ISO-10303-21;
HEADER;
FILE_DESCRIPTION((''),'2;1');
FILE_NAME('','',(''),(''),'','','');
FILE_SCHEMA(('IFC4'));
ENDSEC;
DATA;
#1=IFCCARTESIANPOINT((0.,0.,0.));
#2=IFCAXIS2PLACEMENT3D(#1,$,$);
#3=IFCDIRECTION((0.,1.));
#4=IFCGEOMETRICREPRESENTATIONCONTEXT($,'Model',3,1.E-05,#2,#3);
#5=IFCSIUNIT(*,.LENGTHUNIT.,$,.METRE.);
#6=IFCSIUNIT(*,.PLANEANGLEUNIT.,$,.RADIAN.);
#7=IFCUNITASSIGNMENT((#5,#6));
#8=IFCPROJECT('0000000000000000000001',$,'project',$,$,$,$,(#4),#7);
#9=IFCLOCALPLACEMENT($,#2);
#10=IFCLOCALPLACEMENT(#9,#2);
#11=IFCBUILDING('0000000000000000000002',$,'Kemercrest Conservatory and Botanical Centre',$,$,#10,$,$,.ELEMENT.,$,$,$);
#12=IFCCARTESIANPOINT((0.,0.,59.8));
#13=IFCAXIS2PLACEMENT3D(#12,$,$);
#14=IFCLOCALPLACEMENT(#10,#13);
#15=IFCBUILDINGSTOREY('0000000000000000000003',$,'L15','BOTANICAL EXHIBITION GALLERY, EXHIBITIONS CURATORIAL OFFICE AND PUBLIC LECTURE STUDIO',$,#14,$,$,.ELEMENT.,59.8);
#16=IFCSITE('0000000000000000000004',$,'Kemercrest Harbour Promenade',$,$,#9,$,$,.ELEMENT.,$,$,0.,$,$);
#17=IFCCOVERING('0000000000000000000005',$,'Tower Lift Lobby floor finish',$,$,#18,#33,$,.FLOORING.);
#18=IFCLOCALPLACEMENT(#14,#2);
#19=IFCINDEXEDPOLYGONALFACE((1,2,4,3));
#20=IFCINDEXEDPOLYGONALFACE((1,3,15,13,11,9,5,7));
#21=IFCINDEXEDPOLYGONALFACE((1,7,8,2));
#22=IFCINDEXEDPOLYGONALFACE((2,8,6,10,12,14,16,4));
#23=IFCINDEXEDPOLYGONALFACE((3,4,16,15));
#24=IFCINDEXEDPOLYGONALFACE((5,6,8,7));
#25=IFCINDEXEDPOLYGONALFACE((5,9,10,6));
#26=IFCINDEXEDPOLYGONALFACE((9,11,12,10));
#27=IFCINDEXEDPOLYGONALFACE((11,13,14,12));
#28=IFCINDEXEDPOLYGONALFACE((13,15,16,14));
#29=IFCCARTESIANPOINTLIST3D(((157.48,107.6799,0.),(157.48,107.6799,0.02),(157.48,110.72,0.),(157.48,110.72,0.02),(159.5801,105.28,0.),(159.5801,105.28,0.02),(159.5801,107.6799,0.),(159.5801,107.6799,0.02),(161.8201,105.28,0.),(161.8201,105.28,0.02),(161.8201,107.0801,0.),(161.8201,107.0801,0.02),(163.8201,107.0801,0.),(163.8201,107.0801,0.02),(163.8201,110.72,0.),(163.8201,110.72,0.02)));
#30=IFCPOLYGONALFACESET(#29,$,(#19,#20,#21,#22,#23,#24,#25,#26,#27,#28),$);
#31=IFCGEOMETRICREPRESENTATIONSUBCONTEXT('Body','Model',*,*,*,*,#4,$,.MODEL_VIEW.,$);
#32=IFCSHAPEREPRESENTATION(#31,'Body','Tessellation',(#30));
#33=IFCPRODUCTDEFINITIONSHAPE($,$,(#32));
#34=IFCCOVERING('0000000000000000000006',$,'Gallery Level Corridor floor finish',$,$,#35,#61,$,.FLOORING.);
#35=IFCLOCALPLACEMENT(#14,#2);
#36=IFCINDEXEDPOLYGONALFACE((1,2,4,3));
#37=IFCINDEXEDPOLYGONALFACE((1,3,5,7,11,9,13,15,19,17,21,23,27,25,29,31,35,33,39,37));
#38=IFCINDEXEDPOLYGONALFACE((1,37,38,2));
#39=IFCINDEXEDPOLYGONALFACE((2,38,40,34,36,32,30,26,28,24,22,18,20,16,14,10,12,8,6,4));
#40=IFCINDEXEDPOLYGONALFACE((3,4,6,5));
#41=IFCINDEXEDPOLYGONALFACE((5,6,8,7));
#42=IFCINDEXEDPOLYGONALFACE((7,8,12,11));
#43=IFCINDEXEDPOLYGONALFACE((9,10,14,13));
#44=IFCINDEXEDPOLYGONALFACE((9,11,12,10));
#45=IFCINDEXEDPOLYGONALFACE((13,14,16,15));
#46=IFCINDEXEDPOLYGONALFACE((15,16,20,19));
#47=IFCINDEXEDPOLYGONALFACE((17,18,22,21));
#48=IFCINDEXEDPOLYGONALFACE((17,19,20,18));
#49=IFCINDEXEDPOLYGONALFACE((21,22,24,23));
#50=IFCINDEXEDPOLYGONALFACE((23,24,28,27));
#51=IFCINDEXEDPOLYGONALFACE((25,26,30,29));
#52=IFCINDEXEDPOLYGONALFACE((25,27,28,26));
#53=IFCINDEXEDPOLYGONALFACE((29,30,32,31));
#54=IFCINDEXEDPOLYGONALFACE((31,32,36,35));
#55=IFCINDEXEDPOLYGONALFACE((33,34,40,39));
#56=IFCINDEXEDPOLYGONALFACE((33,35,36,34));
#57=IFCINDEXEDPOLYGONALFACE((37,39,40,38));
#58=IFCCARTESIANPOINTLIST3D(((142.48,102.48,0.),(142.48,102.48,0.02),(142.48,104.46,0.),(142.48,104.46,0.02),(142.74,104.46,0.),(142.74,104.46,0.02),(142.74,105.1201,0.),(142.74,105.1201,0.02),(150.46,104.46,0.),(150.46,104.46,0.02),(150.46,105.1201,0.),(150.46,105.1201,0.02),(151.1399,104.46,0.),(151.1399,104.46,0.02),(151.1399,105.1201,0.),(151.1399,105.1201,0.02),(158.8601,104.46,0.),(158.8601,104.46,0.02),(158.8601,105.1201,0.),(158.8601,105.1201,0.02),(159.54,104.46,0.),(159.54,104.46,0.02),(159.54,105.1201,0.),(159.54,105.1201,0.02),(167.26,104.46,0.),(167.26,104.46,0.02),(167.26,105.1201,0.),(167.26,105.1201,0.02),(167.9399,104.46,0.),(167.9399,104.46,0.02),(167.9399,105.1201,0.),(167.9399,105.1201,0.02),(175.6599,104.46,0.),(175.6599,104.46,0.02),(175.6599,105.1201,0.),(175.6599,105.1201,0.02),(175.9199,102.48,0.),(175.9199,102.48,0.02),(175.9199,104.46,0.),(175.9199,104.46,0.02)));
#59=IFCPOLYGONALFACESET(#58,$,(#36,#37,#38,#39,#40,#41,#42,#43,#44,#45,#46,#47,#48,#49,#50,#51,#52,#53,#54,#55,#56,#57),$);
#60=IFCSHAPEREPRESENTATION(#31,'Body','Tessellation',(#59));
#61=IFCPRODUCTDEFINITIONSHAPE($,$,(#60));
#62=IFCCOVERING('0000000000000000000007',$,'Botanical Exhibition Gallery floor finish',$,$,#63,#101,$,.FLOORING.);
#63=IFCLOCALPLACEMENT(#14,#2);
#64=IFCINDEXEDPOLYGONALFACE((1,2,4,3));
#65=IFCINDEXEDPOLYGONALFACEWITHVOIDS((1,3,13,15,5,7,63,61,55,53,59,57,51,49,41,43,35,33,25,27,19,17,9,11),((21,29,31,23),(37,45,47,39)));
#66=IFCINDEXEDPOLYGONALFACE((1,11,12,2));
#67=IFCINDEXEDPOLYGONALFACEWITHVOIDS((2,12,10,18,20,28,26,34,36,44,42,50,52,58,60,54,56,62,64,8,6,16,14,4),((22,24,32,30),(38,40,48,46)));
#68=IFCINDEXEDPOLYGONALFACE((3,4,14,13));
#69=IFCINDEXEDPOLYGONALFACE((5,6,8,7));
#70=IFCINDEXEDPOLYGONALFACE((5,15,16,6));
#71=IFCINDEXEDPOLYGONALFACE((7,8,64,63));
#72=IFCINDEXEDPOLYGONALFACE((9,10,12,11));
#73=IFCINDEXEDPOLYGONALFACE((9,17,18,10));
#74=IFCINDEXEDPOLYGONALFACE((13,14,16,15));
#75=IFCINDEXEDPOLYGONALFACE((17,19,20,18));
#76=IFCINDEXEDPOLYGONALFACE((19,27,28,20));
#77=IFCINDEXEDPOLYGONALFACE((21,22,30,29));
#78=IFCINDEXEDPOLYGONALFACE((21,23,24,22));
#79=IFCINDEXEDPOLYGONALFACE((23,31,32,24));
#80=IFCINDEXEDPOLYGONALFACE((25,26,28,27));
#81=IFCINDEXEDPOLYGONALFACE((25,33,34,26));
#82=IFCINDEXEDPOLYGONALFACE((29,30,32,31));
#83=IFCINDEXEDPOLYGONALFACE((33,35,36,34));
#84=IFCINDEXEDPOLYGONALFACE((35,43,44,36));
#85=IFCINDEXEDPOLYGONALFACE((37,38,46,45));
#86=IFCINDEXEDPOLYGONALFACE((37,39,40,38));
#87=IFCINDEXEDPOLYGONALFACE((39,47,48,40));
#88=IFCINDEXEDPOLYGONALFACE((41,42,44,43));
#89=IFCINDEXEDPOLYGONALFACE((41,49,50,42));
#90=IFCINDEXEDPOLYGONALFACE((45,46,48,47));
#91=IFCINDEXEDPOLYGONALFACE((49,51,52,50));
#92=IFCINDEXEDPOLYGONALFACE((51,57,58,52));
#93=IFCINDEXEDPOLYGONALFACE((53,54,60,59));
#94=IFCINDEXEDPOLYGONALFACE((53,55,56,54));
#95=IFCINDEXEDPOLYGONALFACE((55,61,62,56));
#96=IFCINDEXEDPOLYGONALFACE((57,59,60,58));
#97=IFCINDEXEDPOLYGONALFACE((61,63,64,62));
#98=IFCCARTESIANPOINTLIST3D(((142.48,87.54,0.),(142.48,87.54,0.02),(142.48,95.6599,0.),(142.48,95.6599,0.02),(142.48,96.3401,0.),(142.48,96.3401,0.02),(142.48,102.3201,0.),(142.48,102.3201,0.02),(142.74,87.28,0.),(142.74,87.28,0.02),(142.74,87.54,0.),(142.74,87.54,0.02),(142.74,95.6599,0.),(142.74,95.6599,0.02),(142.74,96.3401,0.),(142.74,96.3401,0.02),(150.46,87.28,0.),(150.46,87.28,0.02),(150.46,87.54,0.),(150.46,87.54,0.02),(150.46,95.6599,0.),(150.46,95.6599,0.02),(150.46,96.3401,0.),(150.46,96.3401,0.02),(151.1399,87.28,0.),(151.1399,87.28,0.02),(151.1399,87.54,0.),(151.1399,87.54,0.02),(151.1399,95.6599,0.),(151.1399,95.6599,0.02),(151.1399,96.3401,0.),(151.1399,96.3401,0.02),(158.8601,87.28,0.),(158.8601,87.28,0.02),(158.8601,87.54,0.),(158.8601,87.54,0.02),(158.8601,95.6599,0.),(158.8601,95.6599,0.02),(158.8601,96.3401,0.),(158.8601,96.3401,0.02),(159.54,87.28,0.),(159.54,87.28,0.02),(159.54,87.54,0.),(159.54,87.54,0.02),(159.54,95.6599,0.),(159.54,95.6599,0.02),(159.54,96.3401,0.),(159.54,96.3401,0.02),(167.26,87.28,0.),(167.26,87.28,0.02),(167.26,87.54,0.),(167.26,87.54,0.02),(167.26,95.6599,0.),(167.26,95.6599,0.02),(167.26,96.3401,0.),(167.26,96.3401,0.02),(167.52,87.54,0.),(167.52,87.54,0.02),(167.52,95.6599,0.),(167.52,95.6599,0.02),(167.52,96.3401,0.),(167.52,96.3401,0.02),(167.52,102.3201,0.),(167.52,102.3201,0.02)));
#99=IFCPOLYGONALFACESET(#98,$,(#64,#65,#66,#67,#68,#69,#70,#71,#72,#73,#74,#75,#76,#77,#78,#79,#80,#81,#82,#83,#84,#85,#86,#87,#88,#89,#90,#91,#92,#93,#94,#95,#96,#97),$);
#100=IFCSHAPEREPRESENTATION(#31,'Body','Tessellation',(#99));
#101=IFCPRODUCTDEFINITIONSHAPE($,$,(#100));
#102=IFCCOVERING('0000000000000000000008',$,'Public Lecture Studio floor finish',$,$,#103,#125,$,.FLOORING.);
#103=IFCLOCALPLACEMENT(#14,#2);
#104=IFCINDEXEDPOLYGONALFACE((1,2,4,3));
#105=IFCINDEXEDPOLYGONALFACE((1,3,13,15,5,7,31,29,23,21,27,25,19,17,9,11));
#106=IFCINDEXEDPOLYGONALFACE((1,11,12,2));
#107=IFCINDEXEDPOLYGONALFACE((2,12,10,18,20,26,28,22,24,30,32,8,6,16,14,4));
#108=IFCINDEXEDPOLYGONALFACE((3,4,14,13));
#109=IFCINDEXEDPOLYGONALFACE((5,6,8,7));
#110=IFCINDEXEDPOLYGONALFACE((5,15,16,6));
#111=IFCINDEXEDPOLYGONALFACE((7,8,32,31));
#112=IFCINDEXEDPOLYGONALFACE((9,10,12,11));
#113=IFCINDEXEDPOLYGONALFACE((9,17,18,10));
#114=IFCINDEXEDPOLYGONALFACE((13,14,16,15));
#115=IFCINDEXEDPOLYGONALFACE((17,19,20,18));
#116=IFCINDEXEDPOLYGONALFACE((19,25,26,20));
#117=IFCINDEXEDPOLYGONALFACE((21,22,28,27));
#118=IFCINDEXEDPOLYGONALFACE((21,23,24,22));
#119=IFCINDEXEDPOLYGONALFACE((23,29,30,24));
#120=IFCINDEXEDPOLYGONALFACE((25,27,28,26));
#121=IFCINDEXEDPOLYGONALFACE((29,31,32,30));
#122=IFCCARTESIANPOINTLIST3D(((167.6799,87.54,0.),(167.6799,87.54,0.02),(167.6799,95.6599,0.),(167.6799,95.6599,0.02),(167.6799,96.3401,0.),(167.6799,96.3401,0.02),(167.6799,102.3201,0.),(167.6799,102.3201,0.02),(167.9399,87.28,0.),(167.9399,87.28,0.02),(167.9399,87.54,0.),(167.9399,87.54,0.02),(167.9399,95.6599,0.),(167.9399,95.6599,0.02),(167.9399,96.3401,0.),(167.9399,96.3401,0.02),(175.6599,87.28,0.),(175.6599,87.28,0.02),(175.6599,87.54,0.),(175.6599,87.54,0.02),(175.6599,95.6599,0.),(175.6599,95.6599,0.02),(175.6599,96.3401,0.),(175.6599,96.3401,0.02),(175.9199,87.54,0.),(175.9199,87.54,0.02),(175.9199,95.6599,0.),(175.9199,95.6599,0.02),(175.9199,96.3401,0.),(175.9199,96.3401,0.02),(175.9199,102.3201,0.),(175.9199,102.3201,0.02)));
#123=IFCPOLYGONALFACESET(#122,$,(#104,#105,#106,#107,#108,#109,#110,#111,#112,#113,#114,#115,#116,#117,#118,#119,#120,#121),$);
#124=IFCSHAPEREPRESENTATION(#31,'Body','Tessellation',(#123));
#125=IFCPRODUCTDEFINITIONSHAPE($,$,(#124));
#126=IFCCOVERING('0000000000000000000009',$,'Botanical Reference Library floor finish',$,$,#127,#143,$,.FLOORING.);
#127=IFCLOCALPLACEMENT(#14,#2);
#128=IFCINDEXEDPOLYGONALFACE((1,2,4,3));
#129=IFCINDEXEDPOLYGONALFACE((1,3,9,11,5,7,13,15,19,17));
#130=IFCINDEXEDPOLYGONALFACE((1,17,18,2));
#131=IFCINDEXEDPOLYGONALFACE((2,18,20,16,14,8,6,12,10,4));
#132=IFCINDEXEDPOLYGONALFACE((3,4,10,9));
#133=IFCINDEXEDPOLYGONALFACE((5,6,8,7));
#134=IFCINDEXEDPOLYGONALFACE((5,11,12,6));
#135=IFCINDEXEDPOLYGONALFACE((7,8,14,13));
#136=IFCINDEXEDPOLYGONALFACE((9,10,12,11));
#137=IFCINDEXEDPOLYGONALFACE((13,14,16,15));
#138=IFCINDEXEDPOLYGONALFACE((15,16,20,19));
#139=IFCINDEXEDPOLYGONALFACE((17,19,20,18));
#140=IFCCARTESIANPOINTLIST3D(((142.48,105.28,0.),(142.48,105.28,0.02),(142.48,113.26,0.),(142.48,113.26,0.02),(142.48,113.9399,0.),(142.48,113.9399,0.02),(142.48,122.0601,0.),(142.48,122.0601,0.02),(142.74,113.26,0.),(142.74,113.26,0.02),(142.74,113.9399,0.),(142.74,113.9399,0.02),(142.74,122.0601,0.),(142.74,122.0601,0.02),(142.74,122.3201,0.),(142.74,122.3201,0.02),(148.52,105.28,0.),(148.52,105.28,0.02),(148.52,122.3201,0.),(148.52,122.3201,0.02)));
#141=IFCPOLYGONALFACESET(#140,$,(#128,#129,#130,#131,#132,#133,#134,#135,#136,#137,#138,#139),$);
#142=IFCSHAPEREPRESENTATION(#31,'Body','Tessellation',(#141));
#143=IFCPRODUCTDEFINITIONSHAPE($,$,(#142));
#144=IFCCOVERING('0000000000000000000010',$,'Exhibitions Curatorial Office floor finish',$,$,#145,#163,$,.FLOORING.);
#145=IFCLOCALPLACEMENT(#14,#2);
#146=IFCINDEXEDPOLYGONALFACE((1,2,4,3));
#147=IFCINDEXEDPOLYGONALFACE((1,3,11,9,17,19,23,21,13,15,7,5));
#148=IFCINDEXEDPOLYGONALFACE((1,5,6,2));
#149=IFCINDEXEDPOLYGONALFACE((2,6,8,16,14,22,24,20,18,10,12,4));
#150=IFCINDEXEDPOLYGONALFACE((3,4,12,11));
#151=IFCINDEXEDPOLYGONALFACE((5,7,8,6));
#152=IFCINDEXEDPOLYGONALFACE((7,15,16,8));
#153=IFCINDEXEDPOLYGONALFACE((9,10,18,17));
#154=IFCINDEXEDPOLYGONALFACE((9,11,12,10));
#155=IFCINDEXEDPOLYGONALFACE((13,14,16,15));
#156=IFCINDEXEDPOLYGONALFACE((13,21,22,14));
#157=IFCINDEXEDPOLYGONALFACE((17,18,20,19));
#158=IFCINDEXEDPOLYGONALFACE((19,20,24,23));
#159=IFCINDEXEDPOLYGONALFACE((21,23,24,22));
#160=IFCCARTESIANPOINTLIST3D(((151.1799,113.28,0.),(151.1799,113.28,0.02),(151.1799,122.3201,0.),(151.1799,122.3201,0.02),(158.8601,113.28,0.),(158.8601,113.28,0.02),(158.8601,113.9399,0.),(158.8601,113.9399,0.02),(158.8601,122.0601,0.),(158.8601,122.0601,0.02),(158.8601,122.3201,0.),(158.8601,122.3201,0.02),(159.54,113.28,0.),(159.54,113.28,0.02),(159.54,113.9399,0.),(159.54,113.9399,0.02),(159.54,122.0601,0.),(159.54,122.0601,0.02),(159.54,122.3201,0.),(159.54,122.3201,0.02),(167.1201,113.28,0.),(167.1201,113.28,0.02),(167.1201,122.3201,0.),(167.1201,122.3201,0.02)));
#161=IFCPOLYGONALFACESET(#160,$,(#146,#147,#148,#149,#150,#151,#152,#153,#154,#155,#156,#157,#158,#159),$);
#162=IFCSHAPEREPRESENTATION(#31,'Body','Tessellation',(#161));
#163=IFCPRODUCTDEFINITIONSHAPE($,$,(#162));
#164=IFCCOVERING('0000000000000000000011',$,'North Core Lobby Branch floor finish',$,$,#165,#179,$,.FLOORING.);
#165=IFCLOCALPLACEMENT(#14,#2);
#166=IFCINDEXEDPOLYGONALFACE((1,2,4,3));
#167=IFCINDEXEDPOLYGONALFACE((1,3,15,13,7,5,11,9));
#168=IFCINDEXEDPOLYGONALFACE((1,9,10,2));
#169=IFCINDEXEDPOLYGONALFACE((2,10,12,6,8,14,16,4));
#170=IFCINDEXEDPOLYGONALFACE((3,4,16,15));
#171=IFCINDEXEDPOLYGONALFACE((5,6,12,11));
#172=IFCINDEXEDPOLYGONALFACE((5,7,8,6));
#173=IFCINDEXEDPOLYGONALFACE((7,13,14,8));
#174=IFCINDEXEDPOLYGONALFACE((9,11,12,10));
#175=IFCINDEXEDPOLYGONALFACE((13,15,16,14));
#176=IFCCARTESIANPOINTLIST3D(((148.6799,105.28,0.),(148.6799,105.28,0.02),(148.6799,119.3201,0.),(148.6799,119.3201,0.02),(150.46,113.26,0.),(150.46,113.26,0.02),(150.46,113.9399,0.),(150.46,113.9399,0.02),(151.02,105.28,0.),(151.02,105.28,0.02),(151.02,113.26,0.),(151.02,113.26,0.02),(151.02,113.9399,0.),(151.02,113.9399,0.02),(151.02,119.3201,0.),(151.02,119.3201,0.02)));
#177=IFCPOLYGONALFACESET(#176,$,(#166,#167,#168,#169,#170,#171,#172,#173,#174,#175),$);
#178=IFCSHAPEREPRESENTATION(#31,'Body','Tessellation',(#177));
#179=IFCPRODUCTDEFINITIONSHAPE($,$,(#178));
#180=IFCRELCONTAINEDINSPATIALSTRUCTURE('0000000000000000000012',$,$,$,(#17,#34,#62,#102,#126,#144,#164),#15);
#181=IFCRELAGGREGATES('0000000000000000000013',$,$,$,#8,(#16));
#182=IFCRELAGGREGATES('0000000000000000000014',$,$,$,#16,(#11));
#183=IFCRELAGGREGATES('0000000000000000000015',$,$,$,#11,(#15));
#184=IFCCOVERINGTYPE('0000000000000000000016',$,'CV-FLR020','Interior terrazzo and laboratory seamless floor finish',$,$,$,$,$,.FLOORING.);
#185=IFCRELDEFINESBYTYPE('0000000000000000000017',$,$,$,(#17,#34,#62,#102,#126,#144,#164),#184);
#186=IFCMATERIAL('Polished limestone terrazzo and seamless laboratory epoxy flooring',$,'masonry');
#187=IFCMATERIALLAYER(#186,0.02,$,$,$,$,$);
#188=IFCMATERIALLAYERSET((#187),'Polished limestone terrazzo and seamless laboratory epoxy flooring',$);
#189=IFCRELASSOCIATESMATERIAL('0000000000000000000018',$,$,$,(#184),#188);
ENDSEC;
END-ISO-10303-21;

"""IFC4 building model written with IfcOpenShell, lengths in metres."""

from ifc_helpers import new_model, si_unit, direction, frame, origin, place, context, subcontext, project, spatial, polyline, outline, extrude, material, layer, layer_set, type_object, element, save


model = new_model("IFC4")

# Units and contexts
model_context = context("Model", 3, precision=1e-05, world=origin(), true_north=direction((0.0, 1.0)))
body_context = subcontext(model_context, "Body", "Model", "MODEL_VIEW")
ifc_project = project(units=[si_unit("LENGTHUNIT", "METRE"), si_unit("PLANEANGLEUNIT", "RADIAN")], contexts=[model_context])

# Site, building, storey
site_placement = place(None, origin())
site = spatial("IfcSite", under=ifc_project, at=site_placement, Name="Kemercrest Harbour Promenade", CompositionType="ELEMENT", RefElevation=0.0)
building_placement = place(site_placement, origin())
building = spatial("IfcBuilding", under=site, at=building_placement, Name="Kemercrest Conservatory and Botanical Centre", CompositionType="ELEMENT")
storey_placement = place(building_placement, frame((0.0, 0.0, 59.8)))
storey = spatial("IfcBuildingStorey", under=building, at=storey_placement, Name="L15", Description="BOTANICAL EXHIBITION GALLERY, EXHIBITIONS CURATORIAL OFFICE AND PUBLIC LECTURE STUDIO", CompositionType="ELEMENT", Elevation=59.8)

# Coverings
ifc_material_1 = material(Name="Polished limestone terrazzo and seamless laboratory epoxy flooring", Category="masonry")
ifc_layer_1 = layer(ifc_material_1, 0.02)
ifc_layer_set_1 = layer_set([ifc_layer_1], Name="Polished limestone terrazzo and seamless laboratory epoxy flooring")
covering_type_1 = type_object("IfcCoveringType", Name="CV-FLR020", Description="Interior terrazzo and laboratory seamless floor finish", PredefinedType="FLOORING", material=ifc_layer_set_1)
covering_1_placement = place(storey_placement, origin())
element("IfcCovering", 1, at=covering_1_placement, inside=storey, type_object=covering_type_1, Name="Tower Lift Lobby floor finish", PredefinedType="FLOORING", context=body_context, shape_type="SweptSolid", body=[
    extrude(outline(polyline([(159.5801, 107.6799), (159.5801, 105.28), (161.8201, 105.28), (161.8201, 107.0801), (163.8201, 107.0801), (163.8201, 110.72), (157.48, 110.72), (157.48, 107.6799), (159.5801, 107.6799)])), origin(), (0.0, 0.0, 1.0), 0.02),
])
covering_2_placement = place(storey_placement, origin())
element("IfcCovering", 2, at=covering_2_placement, inside=storey, type_object=covering_type_1, Name="Gallery Level Corridor floor finish", PredefinedType="FLOORING", context=body_context, shape_type="SweptSolid", body=[
    extrude(outline(polyline([(142.48, 102.48), (175.9199, 102.48), (175.9199, 104.46), (175.6599, 104.46), (175.6599, 105.1201), (167.9399, 105.1201), (167.9399, 104.46), (167.26, 104.46), (167.26, 105.1201), (159.54, 105.1201), (159.54, 104.46), (158.8601, 104.46), (158.8601, 105.1201), (151.1399, 105.1201), (151.1399, 104.46), (150.46, 104.46), (150.46, 105.1201), (142.74, 105.1201), (142.74, 104.46), (142.48, 104.46), (142.48, 102.48)])), origin(), (0.0, 0.0, 1.0), 0.02),
])
covering_3_placement = place(storey_placement, origin())
element("IfcCovering", 3, at=covering_3_placement, inside=storey, type_object=covering_type_1, Name="Botanical Exhibition Gallery floor finish", PredefinedType="FLOORING", context=body_context, shape_type="SweptSolid", body=[
    extrude(outline(polyline([(158.8601, 87.54), (159.54, 87.54), (159.54, 87.28), (167.26, 87.28), (167.26, 87.54), (167.52, 87.54), (167.52, 95.6599), (167.26, 95.6599), (167.26, 96.3401), (167.52, 96.3401), (167.52, 102.3201), (142.48, 102.3201), (142.48, 96.3401), (142.74, 96.3401), (142.74, 95.6599), (142.48, 95.6599), (142.48, 87.54), (142.74, 87.54), (142.74, 87.28), (150.46, 87.28), (150.46, 87.54), (151.1399, 87.54), (151.1399, 87.28), (158.8601, 87.28), (158.8601, 87.54)]), holes=[polyline([(158.8601, 96.3401), (159.54, 96.3401), (159.54, 95.6599), (158.8601, 95.6599), (158.8601, 96.3401)]), polyline([(150.46, 95.6599), (150.46, 96.3401), (151.1399, 96.3401), (151.1399, 95.6599), (150.46, 95.6599)])]), origin(), (0.0, 0.0, 1.0), 0.02),
])
covering_4_placement = place(storey_placement, origin())
element("IfcCovering", 4, at=covering_4_placement, inside=storey, type_object=covering_type_1, Name="Public Lecture Studio floor finish", PredefinedType="FLOORING", context=body_context, shape_type="SweptSolid", body=[
    extrude(outline(polyline([(167.9399, 87.28), (175.6599, 87.28), (175.6599, 87.54), (175.9199, 87.54), (175.9199, 95.6599), (175.6599, 95.6599), (175.6599, 96.3401), (175.9199, 96.3401), (175.9199, 102.3201), (167.6799, 102.3201), (167.6799, 96.3401), (167.9399, 96.3401), (167.9399, 95.6599), (167.6799, 95.6599), (167.6799, 87.54), (167.9399, 87.54), (167.9399, 87.28)])), origin(), (0.0, 0.0, 1.0), 0.02),
])
covering_5_placement = place(storey_placement, origin())
element("IfcCovering", 5, at=covering_5_placement, inside=storey, type_object=covering_type_1, Name="Botanical Reference Library floor finish", PredefinedType="FLOORING", context=body_context, shape_type="SweptSolid", body=[
    extrude(outline(polyline([(142.48, 105.28), (148.52, 105.28), (148.52, 122.3201), (142.74, 122.3201), (142.74, 122.0601), (142.48, 122.0601), (142.48, 113.9399), (142.74, 113.9399), (142.74, 113.26), (142.48, 113.26), (142.48, 105.28)])), origin(), (0.0, 0.0, 1.0), 0.02),
])
covering_6_placement = place(storey_placement, origin())
element("IfcCovering", 6, at=covering_6_placement, inside=storey, type_object=covering_type_1, Name="Exhibitions Curatorial Office floor finish", PredefinedType="FLOORING", context=body_context, shape_type="SweptSolid", body=[
    extrude(outline(polyline([(159.54, 113.28), (167.1201, 113.28), (167.1201, 122.3201), (159.54, 122.3201), (159.54, 122.0601), (158.8601, 122.0601), (158.8601, 122.3201), (151.1799, 122.3201), (151.1799, 113.28), (158.8601, 113.28), (158.8601, 113.9399), (159.54, 113.9399), (159.54, 113.28)])), origin(), (0.0, 0.0, 1.0), 0.02),
])
covering_7_placement = place(storey_placement, origin())
element("IfcCovering", 7, at=covering_7_placement, inside=storey, type_object=covering_type_1, Name="North Core Lobby Branch floor finish", PredefinedType="FLOORING", context=body_context, shape_type="SweptSolid", body=[
    extrude(outline(polyline([(148.6799, 105.28), (151.02, 105.28), (151.02, 113.26), (150.46, 113.26), (150.46, 113.9399), (151.02, 113.9399), (151.02, 119.3201), (148.6799, 119.3201), (148.6799, 105.28)])), origin(), (0.0, 0.0, 1.0), 0.02),
])

save(model, "model.ifc")
